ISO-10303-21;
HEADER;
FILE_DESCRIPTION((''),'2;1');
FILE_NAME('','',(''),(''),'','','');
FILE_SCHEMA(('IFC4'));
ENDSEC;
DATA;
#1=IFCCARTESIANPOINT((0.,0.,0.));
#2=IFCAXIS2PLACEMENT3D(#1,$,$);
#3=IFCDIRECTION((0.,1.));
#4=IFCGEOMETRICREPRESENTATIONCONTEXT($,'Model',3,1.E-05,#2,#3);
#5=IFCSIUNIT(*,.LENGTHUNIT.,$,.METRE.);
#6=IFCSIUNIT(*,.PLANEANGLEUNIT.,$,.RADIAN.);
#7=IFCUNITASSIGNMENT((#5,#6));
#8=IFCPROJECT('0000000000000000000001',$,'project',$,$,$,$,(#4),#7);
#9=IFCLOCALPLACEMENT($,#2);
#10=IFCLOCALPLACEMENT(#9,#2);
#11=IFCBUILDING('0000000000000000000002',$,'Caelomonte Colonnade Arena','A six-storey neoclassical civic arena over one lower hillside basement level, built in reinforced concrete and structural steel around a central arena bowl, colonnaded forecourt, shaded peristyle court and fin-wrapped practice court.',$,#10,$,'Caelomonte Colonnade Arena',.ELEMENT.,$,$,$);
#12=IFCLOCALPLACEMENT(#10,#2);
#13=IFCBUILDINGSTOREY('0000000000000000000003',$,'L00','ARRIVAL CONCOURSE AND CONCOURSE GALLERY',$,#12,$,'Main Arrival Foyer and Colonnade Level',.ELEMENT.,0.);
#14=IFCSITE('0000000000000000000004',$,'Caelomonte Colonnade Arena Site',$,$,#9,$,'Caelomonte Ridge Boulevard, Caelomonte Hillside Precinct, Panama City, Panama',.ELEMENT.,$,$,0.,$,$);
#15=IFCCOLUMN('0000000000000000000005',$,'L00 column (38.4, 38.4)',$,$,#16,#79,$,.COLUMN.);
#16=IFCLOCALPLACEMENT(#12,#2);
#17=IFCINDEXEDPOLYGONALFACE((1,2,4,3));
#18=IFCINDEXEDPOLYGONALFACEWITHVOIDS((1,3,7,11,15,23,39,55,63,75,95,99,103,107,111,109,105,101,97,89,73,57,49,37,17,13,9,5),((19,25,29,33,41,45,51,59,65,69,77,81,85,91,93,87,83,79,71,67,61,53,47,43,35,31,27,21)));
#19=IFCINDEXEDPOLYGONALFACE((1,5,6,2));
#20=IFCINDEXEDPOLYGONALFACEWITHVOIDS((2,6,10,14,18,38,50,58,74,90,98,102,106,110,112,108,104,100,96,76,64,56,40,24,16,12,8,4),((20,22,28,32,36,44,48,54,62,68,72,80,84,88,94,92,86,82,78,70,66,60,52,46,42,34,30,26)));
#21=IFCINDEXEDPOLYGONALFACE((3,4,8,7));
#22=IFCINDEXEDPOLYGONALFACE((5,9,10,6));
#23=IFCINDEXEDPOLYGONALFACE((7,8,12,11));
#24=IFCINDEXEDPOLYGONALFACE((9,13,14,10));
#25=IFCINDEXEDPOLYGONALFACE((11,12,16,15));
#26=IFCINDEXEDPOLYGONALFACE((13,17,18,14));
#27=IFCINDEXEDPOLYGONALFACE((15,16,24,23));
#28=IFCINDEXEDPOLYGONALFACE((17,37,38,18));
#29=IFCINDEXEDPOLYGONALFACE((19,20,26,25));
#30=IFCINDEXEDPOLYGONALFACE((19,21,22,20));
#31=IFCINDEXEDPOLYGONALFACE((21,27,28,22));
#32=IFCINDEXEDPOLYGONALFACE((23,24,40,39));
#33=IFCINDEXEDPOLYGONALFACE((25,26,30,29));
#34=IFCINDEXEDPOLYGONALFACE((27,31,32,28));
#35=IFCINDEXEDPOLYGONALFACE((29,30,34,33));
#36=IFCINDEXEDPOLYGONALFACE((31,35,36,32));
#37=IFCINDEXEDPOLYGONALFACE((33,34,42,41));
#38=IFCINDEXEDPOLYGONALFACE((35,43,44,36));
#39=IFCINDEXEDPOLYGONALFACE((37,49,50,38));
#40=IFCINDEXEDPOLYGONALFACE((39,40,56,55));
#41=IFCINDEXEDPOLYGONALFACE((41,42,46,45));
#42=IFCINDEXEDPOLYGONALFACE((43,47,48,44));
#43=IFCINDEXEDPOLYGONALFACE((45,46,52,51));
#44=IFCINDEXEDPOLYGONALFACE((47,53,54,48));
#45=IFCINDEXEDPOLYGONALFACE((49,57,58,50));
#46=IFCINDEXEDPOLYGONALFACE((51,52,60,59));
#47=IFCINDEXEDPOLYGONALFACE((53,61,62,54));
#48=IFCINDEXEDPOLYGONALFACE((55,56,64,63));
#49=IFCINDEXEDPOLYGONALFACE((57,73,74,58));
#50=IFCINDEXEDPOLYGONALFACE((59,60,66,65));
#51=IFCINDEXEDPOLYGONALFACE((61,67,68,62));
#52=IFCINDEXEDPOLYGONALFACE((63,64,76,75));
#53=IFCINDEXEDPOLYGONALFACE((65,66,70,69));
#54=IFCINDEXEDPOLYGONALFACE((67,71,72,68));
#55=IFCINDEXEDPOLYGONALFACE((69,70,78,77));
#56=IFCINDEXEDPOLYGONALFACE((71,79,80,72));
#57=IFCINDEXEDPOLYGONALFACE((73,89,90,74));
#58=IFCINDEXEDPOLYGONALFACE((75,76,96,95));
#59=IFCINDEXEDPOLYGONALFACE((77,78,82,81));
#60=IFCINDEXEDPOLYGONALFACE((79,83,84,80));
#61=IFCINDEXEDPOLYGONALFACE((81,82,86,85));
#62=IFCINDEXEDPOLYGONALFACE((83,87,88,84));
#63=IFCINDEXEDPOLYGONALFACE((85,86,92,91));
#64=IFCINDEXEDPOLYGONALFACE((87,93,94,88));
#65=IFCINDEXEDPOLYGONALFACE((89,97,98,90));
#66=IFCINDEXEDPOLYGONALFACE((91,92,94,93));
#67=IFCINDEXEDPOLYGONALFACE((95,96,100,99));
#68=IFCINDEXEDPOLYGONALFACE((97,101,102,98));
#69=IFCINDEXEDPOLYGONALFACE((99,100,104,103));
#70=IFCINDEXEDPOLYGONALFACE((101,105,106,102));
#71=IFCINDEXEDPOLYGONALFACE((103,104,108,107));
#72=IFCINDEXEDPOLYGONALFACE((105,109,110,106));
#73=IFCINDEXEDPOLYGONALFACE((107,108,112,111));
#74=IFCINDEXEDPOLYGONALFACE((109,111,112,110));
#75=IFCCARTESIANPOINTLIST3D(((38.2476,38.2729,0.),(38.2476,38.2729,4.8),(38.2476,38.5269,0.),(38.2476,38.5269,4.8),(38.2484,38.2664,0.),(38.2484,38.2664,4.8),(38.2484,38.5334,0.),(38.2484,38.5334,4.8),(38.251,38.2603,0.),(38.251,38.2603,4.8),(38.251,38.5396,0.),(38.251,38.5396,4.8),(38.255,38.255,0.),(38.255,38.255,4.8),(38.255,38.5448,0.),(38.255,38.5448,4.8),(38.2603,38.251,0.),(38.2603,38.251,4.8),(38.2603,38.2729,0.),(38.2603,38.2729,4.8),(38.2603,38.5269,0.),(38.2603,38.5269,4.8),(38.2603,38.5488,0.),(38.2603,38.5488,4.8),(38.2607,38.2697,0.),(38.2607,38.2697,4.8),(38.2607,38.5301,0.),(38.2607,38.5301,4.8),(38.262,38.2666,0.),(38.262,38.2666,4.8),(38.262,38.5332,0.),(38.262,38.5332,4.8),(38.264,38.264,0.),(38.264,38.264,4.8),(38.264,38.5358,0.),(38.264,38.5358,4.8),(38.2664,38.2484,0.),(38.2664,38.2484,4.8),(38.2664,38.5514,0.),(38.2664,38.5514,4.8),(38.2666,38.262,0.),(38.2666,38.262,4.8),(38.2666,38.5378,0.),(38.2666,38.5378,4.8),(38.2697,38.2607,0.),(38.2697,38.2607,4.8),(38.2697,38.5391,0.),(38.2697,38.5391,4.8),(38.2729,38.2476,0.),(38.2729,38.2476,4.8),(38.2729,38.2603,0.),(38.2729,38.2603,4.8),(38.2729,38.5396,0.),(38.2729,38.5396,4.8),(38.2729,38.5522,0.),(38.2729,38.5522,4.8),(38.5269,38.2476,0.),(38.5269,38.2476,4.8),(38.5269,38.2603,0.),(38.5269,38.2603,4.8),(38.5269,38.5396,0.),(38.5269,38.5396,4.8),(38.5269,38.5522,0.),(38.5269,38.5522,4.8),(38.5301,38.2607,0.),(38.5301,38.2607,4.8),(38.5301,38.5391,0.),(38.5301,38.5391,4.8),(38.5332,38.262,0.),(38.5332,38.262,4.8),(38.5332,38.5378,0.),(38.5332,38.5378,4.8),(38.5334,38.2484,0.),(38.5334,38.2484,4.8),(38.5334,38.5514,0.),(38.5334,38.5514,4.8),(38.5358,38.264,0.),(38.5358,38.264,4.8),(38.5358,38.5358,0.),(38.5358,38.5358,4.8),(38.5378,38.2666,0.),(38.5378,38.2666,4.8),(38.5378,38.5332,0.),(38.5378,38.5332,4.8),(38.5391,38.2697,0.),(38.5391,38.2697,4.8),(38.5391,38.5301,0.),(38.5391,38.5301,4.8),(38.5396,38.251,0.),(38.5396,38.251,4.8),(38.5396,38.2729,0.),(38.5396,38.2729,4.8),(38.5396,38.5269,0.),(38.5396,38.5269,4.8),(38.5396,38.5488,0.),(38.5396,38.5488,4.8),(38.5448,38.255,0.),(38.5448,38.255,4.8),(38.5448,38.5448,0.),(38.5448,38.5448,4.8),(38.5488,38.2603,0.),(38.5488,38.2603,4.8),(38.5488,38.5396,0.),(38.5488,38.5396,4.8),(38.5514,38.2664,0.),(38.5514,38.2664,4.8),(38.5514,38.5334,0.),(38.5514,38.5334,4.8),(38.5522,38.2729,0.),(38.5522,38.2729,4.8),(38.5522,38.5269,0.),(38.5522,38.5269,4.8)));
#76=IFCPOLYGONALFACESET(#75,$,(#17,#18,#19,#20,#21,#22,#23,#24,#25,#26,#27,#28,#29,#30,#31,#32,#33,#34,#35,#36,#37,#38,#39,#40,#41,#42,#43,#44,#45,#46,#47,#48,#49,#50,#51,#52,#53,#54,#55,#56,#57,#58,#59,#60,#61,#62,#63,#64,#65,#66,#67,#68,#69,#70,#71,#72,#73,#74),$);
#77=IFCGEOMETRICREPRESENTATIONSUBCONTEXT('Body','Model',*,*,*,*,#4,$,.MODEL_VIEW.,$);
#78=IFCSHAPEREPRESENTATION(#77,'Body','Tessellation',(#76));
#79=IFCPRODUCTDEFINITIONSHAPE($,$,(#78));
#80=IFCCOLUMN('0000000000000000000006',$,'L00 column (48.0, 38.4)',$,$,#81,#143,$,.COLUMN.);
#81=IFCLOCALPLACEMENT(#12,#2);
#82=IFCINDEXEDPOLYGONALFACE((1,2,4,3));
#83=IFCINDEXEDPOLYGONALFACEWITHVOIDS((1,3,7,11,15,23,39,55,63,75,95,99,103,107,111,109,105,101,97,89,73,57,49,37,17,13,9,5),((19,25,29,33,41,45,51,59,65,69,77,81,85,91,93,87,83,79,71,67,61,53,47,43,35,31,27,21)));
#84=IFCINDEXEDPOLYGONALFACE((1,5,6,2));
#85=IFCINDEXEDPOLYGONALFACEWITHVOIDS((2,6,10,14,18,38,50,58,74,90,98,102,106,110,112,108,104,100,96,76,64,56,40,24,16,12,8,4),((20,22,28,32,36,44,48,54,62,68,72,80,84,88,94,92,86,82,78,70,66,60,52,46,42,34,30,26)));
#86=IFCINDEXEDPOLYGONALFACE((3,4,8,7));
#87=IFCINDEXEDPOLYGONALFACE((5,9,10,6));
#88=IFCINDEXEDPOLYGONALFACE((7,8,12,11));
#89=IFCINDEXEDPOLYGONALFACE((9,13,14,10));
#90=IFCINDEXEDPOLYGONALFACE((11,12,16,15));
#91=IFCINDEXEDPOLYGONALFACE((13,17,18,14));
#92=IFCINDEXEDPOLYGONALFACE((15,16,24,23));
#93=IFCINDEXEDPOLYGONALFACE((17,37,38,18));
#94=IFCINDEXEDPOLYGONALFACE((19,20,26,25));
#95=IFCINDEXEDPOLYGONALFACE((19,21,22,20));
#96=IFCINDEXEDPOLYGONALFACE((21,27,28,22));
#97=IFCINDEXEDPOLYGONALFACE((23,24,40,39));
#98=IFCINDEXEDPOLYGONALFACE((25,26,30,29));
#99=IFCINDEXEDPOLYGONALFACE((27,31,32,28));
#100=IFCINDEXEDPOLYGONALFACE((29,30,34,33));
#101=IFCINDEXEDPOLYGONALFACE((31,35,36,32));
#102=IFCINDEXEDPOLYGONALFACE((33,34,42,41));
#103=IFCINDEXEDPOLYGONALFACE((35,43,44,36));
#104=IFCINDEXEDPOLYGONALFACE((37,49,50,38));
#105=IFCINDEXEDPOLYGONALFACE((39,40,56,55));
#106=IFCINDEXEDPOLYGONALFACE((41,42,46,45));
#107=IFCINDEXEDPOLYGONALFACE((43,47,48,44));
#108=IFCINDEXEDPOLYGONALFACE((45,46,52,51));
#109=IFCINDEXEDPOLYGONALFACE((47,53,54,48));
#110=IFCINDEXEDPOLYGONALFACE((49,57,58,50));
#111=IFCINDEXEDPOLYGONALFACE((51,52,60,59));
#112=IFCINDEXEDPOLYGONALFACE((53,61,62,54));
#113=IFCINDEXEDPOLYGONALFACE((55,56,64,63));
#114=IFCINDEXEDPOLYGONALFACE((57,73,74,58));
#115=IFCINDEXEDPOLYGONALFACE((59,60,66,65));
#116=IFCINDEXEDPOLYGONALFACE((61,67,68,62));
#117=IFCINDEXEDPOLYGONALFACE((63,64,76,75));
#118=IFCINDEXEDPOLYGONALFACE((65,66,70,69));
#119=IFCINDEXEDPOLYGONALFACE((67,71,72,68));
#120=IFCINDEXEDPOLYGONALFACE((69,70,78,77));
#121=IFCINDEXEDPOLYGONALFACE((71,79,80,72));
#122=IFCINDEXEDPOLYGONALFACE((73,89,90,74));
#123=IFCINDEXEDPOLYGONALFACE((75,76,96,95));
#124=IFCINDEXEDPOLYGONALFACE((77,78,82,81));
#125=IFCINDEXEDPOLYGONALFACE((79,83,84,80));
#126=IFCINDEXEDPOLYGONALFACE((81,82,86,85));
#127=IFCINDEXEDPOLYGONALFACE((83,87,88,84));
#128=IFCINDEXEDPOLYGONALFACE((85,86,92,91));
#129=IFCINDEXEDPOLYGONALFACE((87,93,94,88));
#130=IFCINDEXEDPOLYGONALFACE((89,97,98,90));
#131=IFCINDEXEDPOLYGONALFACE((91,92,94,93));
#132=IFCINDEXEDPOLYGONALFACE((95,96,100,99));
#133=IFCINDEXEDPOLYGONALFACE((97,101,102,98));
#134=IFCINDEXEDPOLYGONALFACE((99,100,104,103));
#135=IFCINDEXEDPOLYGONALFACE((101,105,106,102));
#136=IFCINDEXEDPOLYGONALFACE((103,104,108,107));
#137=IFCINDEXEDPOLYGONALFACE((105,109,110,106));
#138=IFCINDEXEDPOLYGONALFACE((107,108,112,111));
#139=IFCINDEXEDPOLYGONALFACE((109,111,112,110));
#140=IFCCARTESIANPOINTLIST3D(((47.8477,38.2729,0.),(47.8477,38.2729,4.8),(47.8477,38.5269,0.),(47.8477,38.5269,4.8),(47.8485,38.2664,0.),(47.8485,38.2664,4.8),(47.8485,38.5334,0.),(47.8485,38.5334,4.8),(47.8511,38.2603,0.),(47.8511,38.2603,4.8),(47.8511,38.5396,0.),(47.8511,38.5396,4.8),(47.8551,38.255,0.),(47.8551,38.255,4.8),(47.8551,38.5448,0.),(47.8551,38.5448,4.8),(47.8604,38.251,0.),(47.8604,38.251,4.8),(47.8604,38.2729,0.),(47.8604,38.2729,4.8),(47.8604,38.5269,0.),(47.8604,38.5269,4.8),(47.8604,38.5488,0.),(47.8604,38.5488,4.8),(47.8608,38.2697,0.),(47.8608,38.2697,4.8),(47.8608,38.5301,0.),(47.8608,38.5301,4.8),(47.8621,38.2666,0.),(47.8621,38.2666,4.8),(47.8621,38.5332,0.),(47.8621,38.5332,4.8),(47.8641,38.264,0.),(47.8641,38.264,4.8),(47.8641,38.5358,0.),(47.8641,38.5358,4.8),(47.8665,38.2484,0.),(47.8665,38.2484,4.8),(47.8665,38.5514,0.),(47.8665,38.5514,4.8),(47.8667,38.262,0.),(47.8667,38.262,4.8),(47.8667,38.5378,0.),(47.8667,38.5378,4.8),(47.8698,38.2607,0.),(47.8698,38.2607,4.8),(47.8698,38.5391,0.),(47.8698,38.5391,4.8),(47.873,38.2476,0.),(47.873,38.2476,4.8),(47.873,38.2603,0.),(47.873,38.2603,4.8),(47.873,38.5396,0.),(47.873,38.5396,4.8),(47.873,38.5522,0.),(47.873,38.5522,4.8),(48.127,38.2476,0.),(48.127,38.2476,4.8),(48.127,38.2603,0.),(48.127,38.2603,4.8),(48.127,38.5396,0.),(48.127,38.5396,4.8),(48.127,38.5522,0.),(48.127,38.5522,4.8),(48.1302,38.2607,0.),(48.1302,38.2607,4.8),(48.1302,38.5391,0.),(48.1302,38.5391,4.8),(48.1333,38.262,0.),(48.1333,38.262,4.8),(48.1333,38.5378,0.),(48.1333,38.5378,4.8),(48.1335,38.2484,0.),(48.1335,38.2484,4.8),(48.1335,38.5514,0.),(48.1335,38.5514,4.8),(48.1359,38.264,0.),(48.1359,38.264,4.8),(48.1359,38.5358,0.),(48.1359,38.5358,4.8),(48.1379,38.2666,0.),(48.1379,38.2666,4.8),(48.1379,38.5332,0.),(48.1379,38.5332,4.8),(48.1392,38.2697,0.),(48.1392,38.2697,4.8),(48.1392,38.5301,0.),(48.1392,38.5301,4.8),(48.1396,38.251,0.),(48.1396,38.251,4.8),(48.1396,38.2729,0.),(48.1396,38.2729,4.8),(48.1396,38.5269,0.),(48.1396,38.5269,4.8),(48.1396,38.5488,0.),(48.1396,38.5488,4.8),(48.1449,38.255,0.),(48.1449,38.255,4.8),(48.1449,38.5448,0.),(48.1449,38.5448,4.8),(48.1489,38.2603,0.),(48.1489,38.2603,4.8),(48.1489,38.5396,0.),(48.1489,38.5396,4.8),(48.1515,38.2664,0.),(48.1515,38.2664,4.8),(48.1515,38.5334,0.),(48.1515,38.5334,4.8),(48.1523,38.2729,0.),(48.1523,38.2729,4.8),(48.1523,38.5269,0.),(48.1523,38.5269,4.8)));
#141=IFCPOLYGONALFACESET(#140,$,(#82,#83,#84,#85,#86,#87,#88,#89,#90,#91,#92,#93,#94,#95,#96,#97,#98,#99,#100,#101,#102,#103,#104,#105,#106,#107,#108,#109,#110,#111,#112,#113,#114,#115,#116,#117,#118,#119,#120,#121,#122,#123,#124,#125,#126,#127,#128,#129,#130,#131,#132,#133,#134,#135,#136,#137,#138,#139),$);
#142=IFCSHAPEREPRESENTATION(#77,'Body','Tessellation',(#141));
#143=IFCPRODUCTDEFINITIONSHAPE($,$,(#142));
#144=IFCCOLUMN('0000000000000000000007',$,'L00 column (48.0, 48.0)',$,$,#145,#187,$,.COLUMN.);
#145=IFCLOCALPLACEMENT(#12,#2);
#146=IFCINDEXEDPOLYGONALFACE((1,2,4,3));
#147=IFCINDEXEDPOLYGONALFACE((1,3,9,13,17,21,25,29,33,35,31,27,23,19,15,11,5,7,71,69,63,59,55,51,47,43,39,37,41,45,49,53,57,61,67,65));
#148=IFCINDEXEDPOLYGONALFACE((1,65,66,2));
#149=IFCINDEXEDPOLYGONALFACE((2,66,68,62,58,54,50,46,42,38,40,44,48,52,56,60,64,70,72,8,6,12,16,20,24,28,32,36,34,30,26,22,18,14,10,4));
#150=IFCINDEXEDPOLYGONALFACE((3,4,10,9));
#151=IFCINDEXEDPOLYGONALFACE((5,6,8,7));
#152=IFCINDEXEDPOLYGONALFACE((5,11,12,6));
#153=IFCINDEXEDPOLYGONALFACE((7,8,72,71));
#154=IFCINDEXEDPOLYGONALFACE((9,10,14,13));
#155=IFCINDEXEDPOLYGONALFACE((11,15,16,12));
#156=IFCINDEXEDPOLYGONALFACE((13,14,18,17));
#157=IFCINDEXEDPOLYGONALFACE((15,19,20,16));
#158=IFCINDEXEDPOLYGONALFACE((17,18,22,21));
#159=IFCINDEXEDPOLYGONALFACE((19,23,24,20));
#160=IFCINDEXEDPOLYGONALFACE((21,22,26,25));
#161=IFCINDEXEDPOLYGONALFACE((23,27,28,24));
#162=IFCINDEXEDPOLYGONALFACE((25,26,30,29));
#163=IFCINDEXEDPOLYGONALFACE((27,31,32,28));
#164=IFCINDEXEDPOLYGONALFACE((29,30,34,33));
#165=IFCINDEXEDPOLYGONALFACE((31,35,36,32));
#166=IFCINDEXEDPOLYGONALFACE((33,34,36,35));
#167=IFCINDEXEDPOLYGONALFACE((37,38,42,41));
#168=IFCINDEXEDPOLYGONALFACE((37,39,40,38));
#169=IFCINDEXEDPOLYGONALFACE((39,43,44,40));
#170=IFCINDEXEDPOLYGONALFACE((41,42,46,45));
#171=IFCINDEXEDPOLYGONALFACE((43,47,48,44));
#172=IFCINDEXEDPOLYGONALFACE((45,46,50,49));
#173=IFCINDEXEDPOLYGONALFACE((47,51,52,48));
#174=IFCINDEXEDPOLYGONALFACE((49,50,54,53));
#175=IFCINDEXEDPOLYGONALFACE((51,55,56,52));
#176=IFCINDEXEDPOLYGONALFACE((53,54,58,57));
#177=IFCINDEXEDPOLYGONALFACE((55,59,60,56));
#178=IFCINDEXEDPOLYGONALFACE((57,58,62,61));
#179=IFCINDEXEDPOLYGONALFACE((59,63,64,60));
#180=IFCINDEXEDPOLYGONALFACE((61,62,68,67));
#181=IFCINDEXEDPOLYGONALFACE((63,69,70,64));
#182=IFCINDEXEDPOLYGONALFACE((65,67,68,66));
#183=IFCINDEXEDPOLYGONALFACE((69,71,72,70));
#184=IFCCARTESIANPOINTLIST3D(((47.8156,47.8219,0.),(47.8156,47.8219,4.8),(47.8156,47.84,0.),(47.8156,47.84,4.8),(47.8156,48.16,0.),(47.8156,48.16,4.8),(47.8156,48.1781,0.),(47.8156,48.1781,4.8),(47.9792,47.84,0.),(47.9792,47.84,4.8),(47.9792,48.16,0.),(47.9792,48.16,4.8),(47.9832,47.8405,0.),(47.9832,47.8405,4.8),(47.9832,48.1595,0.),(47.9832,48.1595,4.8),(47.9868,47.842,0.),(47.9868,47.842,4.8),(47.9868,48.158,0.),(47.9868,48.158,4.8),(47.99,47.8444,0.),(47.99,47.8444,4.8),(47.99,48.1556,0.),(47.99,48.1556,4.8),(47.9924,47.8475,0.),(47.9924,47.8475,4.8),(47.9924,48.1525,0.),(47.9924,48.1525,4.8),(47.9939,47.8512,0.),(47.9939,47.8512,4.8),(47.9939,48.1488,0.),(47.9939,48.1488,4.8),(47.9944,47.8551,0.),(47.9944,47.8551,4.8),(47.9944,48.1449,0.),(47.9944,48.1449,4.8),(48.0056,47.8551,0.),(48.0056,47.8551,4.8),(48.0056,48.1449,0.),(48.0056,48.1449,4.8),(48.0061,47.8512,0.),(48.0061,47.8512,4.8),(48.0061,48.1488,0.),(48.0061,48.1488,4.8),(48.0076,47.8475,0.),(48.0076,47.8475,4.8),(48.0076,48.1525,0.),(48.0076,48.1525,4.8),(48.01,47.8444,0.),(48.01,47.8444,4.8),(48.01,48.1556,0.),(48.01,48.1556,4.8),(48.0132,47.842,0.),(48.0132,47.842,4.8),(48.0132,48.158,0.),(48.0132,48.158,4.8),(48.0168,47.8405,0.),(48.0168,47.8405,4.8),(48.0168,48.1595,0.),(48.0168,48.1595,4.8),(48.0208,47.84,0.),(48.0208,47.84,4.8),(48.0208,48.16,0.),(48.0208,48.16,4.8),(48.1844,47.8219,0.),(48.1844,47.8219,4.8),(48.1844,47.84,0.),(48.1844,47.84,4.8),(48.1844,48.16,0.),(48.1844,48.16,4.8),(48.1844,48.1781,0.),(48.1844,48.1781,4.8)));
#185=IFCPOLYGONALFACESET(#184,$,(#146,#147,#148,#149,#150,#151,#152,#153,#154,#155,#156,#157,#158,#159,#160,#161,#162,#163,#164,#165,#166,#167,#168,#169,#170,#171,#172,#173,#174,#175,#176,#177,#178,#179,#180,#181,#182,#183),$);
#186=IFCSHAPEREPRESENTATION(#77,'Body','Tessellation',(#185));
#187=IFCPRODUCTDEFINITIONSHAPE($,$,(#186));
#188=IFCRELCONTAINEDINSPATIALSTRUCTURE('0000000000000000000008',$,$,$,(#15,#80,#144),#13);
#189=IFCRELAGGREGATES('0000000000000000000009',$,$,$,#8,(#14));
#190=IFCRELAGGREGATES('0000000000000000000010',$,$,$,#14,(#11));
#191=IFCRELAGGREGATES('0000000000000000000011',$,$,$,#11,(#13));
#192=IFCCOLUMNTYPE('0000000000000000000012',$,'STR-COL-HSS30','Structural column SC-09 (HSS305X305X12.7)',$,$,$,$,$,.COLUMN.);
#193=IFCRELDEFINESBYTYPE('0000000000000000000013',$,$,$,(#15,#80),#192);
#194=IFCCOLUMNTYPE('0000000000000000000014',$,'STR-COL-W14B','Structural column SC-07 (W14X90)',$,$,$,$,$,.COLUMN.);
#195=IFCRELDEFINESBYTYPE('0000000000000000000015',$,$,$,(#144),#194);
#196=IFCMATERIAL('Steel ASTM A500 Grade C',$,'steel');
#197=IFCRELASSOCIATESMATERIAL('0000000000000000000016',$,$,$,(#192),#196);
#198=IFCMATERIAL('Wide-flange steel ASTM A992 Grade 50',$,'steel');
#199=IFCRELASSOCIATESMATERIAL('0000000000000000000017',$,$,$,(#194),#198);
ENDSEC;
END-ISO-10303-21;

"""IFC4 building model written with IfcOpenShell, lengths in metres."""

from ifc_helpers import new_model, si_unit, direction, frame, origin, origin_2d, place, context, subcontext, project, spatial, hollow_rectangle, i_section, extrude, material, material_profile, profile_set, type_object, element, save


model = new_model("IFC4")

# Units and contexts
model_context = context("Model", 3, precision=1e-05, world=origin(), true_north=direction((0.0, 1.0)))
body_context = subcontext(model_context, "Body", "Model", "MODEL_VIEW")
ifc_project = project(units=[si_unit("LENGTHUNIT", "METRE"), si_unit("PLANEANGLEUNIT", "RADIAN")], contexts=[model_context])

# Site, building, storey
site_placement = place(None, origin())
site = spatial("IfcSite", under=ifc_project, at=site_placement, Name="Caelomonte Colonnade Arena Site", LongName="Caelomonte Ridge Boulevard, Caelomonte Hillside Precinct, Panama City, Panama", CompositionType="ELEMENT", RefElevation=0.0)
building_placement = place(site_placement, origin())
building = spatial("IfcBuilding", under=site, at=building_placement, Name="Caelomonte Colonnade Arena", Description="A six-storey neoclassical civic arena over one lower hillside basement level, built in reinforced concrete and structural steel around a central arena bowl, colonnaded forecourt, shaded peristyle court and fin-wrapped practice court.", LongName="Caelomonte Colonnade Arena", CompositionType="ELEMENT")
storey_placement = place(building_placement, origin())
storey = spatial("IfcBuildingStorey", under=building, at=storey_placement, Name="L00", Description="ARRIVAL CONCOURSE AND CONCOURSE GALLERY", LongName="Main Arrival Foyer and Colonnade Level", CompositionType="ELEMENT", Elevation=0.0)

# Columns
ifc_material_1 = material(Name="Steel ASTM A500 Grade C", Category="steel")
ifc_material_profile_1 = material_profile(ifc_material_1, hollow_rectangle(XDim=0.3047, YDim=0.3047, WallThickness=0.0127, InnerFilletRadius=0.0127, OuterFilletRadius=0.0254, at=origin_2d()), Name="HSS305X305X12.7")
ifc_profile_set_1 = profile_set([ifc_material_profile_1], Name="Steel ASTM A500 Grade C")
column_type_1 = type_object("IfcColumnType", Name="STR-COL-HSS30", Description="Structural column SC-09 (HSS305X305X12.7)", PredefinedType="COLUMN", material=ifc_profile_set_1)
for number, where, z_axis, x_axis, name in (
    (1, (38.3999, 38.3999, 0.0), (0.0, 0.0, 1.0), (1.0, 0.0, 0.0), "L00 column (38.4, 38.4)"),
    (2, (48.0, 38.3999, 0.0), (0.0, 0.0, 1.0), (1.0, 0.0, 0.0), "L00 column (48.0, 38.4)"),
):
    element("IfcColumn", number, at=place(storey_placement, frame(where, z_axis=z_axis, x_axis=x_axis)), inside=storey, type_object=column_type_1, Name=name, PredefinedType="COLUMN", context=body_context, shape_type="SweptSolid", body=[
        extrude(hollow_rectangle(XDim=0.3047, YDim=0.3047, WallThickness=0.0127, InnerFilletRadius=0.0127, OuterFilletRadius=0.0254, at=origin_2d()), origin(), (0.0, 0.0, 1.0), 4.8),
    ])
ifc_material_2 = material(Name="Wide-flange steel ASTM A992 Grade 50", Category="steel")
ifc_material_profile_2 = material_profile(ifc_material_2, i_section(OverallWidth=0.3689, OverallDepth=0.3562, WebThickness=0.0112, FlangeThickness=0.0181, FilletRadius=0.0151, at=origin_2d()), Name="W14X90")
ifc_profile_set_2 = profile_set([ifc_material_profile_2], Name="Wide-flange steel ASTM A992 Grade 50")
column_type_2 = type_object("IfcColumnType", Name="STR-COL-W14B", Description="Structural column SC-07 (W14X90)", PredefinedType="COLUMN", material=ifc_profile_set_2)
column_placement = place(storey_placement, frame((48.0, 48.0, 0.0), z_axis=(0.0, 0.0, 1.0), x_axis=(1.0, 0.0, 0.0)))
element("IfcColumn", 3, at=column_placement, inside=storey, type_object=column_type_2, Name="L00 column (48.0, 48.0)", PredefinedType="COLUMN", context=body_context, shape_type="SweptSolid", body=[
    extrude(i_section(OverallWidth=0.3689, OverallDepth=0.3562, WebThickness=0.0112, FlangeThickness=0.0181, FilletRadius=0.0151, at=origin_2d()), origin(), (0.0, 0.0, 1.0), 4.8),
])

save(model, "model.ifc")
